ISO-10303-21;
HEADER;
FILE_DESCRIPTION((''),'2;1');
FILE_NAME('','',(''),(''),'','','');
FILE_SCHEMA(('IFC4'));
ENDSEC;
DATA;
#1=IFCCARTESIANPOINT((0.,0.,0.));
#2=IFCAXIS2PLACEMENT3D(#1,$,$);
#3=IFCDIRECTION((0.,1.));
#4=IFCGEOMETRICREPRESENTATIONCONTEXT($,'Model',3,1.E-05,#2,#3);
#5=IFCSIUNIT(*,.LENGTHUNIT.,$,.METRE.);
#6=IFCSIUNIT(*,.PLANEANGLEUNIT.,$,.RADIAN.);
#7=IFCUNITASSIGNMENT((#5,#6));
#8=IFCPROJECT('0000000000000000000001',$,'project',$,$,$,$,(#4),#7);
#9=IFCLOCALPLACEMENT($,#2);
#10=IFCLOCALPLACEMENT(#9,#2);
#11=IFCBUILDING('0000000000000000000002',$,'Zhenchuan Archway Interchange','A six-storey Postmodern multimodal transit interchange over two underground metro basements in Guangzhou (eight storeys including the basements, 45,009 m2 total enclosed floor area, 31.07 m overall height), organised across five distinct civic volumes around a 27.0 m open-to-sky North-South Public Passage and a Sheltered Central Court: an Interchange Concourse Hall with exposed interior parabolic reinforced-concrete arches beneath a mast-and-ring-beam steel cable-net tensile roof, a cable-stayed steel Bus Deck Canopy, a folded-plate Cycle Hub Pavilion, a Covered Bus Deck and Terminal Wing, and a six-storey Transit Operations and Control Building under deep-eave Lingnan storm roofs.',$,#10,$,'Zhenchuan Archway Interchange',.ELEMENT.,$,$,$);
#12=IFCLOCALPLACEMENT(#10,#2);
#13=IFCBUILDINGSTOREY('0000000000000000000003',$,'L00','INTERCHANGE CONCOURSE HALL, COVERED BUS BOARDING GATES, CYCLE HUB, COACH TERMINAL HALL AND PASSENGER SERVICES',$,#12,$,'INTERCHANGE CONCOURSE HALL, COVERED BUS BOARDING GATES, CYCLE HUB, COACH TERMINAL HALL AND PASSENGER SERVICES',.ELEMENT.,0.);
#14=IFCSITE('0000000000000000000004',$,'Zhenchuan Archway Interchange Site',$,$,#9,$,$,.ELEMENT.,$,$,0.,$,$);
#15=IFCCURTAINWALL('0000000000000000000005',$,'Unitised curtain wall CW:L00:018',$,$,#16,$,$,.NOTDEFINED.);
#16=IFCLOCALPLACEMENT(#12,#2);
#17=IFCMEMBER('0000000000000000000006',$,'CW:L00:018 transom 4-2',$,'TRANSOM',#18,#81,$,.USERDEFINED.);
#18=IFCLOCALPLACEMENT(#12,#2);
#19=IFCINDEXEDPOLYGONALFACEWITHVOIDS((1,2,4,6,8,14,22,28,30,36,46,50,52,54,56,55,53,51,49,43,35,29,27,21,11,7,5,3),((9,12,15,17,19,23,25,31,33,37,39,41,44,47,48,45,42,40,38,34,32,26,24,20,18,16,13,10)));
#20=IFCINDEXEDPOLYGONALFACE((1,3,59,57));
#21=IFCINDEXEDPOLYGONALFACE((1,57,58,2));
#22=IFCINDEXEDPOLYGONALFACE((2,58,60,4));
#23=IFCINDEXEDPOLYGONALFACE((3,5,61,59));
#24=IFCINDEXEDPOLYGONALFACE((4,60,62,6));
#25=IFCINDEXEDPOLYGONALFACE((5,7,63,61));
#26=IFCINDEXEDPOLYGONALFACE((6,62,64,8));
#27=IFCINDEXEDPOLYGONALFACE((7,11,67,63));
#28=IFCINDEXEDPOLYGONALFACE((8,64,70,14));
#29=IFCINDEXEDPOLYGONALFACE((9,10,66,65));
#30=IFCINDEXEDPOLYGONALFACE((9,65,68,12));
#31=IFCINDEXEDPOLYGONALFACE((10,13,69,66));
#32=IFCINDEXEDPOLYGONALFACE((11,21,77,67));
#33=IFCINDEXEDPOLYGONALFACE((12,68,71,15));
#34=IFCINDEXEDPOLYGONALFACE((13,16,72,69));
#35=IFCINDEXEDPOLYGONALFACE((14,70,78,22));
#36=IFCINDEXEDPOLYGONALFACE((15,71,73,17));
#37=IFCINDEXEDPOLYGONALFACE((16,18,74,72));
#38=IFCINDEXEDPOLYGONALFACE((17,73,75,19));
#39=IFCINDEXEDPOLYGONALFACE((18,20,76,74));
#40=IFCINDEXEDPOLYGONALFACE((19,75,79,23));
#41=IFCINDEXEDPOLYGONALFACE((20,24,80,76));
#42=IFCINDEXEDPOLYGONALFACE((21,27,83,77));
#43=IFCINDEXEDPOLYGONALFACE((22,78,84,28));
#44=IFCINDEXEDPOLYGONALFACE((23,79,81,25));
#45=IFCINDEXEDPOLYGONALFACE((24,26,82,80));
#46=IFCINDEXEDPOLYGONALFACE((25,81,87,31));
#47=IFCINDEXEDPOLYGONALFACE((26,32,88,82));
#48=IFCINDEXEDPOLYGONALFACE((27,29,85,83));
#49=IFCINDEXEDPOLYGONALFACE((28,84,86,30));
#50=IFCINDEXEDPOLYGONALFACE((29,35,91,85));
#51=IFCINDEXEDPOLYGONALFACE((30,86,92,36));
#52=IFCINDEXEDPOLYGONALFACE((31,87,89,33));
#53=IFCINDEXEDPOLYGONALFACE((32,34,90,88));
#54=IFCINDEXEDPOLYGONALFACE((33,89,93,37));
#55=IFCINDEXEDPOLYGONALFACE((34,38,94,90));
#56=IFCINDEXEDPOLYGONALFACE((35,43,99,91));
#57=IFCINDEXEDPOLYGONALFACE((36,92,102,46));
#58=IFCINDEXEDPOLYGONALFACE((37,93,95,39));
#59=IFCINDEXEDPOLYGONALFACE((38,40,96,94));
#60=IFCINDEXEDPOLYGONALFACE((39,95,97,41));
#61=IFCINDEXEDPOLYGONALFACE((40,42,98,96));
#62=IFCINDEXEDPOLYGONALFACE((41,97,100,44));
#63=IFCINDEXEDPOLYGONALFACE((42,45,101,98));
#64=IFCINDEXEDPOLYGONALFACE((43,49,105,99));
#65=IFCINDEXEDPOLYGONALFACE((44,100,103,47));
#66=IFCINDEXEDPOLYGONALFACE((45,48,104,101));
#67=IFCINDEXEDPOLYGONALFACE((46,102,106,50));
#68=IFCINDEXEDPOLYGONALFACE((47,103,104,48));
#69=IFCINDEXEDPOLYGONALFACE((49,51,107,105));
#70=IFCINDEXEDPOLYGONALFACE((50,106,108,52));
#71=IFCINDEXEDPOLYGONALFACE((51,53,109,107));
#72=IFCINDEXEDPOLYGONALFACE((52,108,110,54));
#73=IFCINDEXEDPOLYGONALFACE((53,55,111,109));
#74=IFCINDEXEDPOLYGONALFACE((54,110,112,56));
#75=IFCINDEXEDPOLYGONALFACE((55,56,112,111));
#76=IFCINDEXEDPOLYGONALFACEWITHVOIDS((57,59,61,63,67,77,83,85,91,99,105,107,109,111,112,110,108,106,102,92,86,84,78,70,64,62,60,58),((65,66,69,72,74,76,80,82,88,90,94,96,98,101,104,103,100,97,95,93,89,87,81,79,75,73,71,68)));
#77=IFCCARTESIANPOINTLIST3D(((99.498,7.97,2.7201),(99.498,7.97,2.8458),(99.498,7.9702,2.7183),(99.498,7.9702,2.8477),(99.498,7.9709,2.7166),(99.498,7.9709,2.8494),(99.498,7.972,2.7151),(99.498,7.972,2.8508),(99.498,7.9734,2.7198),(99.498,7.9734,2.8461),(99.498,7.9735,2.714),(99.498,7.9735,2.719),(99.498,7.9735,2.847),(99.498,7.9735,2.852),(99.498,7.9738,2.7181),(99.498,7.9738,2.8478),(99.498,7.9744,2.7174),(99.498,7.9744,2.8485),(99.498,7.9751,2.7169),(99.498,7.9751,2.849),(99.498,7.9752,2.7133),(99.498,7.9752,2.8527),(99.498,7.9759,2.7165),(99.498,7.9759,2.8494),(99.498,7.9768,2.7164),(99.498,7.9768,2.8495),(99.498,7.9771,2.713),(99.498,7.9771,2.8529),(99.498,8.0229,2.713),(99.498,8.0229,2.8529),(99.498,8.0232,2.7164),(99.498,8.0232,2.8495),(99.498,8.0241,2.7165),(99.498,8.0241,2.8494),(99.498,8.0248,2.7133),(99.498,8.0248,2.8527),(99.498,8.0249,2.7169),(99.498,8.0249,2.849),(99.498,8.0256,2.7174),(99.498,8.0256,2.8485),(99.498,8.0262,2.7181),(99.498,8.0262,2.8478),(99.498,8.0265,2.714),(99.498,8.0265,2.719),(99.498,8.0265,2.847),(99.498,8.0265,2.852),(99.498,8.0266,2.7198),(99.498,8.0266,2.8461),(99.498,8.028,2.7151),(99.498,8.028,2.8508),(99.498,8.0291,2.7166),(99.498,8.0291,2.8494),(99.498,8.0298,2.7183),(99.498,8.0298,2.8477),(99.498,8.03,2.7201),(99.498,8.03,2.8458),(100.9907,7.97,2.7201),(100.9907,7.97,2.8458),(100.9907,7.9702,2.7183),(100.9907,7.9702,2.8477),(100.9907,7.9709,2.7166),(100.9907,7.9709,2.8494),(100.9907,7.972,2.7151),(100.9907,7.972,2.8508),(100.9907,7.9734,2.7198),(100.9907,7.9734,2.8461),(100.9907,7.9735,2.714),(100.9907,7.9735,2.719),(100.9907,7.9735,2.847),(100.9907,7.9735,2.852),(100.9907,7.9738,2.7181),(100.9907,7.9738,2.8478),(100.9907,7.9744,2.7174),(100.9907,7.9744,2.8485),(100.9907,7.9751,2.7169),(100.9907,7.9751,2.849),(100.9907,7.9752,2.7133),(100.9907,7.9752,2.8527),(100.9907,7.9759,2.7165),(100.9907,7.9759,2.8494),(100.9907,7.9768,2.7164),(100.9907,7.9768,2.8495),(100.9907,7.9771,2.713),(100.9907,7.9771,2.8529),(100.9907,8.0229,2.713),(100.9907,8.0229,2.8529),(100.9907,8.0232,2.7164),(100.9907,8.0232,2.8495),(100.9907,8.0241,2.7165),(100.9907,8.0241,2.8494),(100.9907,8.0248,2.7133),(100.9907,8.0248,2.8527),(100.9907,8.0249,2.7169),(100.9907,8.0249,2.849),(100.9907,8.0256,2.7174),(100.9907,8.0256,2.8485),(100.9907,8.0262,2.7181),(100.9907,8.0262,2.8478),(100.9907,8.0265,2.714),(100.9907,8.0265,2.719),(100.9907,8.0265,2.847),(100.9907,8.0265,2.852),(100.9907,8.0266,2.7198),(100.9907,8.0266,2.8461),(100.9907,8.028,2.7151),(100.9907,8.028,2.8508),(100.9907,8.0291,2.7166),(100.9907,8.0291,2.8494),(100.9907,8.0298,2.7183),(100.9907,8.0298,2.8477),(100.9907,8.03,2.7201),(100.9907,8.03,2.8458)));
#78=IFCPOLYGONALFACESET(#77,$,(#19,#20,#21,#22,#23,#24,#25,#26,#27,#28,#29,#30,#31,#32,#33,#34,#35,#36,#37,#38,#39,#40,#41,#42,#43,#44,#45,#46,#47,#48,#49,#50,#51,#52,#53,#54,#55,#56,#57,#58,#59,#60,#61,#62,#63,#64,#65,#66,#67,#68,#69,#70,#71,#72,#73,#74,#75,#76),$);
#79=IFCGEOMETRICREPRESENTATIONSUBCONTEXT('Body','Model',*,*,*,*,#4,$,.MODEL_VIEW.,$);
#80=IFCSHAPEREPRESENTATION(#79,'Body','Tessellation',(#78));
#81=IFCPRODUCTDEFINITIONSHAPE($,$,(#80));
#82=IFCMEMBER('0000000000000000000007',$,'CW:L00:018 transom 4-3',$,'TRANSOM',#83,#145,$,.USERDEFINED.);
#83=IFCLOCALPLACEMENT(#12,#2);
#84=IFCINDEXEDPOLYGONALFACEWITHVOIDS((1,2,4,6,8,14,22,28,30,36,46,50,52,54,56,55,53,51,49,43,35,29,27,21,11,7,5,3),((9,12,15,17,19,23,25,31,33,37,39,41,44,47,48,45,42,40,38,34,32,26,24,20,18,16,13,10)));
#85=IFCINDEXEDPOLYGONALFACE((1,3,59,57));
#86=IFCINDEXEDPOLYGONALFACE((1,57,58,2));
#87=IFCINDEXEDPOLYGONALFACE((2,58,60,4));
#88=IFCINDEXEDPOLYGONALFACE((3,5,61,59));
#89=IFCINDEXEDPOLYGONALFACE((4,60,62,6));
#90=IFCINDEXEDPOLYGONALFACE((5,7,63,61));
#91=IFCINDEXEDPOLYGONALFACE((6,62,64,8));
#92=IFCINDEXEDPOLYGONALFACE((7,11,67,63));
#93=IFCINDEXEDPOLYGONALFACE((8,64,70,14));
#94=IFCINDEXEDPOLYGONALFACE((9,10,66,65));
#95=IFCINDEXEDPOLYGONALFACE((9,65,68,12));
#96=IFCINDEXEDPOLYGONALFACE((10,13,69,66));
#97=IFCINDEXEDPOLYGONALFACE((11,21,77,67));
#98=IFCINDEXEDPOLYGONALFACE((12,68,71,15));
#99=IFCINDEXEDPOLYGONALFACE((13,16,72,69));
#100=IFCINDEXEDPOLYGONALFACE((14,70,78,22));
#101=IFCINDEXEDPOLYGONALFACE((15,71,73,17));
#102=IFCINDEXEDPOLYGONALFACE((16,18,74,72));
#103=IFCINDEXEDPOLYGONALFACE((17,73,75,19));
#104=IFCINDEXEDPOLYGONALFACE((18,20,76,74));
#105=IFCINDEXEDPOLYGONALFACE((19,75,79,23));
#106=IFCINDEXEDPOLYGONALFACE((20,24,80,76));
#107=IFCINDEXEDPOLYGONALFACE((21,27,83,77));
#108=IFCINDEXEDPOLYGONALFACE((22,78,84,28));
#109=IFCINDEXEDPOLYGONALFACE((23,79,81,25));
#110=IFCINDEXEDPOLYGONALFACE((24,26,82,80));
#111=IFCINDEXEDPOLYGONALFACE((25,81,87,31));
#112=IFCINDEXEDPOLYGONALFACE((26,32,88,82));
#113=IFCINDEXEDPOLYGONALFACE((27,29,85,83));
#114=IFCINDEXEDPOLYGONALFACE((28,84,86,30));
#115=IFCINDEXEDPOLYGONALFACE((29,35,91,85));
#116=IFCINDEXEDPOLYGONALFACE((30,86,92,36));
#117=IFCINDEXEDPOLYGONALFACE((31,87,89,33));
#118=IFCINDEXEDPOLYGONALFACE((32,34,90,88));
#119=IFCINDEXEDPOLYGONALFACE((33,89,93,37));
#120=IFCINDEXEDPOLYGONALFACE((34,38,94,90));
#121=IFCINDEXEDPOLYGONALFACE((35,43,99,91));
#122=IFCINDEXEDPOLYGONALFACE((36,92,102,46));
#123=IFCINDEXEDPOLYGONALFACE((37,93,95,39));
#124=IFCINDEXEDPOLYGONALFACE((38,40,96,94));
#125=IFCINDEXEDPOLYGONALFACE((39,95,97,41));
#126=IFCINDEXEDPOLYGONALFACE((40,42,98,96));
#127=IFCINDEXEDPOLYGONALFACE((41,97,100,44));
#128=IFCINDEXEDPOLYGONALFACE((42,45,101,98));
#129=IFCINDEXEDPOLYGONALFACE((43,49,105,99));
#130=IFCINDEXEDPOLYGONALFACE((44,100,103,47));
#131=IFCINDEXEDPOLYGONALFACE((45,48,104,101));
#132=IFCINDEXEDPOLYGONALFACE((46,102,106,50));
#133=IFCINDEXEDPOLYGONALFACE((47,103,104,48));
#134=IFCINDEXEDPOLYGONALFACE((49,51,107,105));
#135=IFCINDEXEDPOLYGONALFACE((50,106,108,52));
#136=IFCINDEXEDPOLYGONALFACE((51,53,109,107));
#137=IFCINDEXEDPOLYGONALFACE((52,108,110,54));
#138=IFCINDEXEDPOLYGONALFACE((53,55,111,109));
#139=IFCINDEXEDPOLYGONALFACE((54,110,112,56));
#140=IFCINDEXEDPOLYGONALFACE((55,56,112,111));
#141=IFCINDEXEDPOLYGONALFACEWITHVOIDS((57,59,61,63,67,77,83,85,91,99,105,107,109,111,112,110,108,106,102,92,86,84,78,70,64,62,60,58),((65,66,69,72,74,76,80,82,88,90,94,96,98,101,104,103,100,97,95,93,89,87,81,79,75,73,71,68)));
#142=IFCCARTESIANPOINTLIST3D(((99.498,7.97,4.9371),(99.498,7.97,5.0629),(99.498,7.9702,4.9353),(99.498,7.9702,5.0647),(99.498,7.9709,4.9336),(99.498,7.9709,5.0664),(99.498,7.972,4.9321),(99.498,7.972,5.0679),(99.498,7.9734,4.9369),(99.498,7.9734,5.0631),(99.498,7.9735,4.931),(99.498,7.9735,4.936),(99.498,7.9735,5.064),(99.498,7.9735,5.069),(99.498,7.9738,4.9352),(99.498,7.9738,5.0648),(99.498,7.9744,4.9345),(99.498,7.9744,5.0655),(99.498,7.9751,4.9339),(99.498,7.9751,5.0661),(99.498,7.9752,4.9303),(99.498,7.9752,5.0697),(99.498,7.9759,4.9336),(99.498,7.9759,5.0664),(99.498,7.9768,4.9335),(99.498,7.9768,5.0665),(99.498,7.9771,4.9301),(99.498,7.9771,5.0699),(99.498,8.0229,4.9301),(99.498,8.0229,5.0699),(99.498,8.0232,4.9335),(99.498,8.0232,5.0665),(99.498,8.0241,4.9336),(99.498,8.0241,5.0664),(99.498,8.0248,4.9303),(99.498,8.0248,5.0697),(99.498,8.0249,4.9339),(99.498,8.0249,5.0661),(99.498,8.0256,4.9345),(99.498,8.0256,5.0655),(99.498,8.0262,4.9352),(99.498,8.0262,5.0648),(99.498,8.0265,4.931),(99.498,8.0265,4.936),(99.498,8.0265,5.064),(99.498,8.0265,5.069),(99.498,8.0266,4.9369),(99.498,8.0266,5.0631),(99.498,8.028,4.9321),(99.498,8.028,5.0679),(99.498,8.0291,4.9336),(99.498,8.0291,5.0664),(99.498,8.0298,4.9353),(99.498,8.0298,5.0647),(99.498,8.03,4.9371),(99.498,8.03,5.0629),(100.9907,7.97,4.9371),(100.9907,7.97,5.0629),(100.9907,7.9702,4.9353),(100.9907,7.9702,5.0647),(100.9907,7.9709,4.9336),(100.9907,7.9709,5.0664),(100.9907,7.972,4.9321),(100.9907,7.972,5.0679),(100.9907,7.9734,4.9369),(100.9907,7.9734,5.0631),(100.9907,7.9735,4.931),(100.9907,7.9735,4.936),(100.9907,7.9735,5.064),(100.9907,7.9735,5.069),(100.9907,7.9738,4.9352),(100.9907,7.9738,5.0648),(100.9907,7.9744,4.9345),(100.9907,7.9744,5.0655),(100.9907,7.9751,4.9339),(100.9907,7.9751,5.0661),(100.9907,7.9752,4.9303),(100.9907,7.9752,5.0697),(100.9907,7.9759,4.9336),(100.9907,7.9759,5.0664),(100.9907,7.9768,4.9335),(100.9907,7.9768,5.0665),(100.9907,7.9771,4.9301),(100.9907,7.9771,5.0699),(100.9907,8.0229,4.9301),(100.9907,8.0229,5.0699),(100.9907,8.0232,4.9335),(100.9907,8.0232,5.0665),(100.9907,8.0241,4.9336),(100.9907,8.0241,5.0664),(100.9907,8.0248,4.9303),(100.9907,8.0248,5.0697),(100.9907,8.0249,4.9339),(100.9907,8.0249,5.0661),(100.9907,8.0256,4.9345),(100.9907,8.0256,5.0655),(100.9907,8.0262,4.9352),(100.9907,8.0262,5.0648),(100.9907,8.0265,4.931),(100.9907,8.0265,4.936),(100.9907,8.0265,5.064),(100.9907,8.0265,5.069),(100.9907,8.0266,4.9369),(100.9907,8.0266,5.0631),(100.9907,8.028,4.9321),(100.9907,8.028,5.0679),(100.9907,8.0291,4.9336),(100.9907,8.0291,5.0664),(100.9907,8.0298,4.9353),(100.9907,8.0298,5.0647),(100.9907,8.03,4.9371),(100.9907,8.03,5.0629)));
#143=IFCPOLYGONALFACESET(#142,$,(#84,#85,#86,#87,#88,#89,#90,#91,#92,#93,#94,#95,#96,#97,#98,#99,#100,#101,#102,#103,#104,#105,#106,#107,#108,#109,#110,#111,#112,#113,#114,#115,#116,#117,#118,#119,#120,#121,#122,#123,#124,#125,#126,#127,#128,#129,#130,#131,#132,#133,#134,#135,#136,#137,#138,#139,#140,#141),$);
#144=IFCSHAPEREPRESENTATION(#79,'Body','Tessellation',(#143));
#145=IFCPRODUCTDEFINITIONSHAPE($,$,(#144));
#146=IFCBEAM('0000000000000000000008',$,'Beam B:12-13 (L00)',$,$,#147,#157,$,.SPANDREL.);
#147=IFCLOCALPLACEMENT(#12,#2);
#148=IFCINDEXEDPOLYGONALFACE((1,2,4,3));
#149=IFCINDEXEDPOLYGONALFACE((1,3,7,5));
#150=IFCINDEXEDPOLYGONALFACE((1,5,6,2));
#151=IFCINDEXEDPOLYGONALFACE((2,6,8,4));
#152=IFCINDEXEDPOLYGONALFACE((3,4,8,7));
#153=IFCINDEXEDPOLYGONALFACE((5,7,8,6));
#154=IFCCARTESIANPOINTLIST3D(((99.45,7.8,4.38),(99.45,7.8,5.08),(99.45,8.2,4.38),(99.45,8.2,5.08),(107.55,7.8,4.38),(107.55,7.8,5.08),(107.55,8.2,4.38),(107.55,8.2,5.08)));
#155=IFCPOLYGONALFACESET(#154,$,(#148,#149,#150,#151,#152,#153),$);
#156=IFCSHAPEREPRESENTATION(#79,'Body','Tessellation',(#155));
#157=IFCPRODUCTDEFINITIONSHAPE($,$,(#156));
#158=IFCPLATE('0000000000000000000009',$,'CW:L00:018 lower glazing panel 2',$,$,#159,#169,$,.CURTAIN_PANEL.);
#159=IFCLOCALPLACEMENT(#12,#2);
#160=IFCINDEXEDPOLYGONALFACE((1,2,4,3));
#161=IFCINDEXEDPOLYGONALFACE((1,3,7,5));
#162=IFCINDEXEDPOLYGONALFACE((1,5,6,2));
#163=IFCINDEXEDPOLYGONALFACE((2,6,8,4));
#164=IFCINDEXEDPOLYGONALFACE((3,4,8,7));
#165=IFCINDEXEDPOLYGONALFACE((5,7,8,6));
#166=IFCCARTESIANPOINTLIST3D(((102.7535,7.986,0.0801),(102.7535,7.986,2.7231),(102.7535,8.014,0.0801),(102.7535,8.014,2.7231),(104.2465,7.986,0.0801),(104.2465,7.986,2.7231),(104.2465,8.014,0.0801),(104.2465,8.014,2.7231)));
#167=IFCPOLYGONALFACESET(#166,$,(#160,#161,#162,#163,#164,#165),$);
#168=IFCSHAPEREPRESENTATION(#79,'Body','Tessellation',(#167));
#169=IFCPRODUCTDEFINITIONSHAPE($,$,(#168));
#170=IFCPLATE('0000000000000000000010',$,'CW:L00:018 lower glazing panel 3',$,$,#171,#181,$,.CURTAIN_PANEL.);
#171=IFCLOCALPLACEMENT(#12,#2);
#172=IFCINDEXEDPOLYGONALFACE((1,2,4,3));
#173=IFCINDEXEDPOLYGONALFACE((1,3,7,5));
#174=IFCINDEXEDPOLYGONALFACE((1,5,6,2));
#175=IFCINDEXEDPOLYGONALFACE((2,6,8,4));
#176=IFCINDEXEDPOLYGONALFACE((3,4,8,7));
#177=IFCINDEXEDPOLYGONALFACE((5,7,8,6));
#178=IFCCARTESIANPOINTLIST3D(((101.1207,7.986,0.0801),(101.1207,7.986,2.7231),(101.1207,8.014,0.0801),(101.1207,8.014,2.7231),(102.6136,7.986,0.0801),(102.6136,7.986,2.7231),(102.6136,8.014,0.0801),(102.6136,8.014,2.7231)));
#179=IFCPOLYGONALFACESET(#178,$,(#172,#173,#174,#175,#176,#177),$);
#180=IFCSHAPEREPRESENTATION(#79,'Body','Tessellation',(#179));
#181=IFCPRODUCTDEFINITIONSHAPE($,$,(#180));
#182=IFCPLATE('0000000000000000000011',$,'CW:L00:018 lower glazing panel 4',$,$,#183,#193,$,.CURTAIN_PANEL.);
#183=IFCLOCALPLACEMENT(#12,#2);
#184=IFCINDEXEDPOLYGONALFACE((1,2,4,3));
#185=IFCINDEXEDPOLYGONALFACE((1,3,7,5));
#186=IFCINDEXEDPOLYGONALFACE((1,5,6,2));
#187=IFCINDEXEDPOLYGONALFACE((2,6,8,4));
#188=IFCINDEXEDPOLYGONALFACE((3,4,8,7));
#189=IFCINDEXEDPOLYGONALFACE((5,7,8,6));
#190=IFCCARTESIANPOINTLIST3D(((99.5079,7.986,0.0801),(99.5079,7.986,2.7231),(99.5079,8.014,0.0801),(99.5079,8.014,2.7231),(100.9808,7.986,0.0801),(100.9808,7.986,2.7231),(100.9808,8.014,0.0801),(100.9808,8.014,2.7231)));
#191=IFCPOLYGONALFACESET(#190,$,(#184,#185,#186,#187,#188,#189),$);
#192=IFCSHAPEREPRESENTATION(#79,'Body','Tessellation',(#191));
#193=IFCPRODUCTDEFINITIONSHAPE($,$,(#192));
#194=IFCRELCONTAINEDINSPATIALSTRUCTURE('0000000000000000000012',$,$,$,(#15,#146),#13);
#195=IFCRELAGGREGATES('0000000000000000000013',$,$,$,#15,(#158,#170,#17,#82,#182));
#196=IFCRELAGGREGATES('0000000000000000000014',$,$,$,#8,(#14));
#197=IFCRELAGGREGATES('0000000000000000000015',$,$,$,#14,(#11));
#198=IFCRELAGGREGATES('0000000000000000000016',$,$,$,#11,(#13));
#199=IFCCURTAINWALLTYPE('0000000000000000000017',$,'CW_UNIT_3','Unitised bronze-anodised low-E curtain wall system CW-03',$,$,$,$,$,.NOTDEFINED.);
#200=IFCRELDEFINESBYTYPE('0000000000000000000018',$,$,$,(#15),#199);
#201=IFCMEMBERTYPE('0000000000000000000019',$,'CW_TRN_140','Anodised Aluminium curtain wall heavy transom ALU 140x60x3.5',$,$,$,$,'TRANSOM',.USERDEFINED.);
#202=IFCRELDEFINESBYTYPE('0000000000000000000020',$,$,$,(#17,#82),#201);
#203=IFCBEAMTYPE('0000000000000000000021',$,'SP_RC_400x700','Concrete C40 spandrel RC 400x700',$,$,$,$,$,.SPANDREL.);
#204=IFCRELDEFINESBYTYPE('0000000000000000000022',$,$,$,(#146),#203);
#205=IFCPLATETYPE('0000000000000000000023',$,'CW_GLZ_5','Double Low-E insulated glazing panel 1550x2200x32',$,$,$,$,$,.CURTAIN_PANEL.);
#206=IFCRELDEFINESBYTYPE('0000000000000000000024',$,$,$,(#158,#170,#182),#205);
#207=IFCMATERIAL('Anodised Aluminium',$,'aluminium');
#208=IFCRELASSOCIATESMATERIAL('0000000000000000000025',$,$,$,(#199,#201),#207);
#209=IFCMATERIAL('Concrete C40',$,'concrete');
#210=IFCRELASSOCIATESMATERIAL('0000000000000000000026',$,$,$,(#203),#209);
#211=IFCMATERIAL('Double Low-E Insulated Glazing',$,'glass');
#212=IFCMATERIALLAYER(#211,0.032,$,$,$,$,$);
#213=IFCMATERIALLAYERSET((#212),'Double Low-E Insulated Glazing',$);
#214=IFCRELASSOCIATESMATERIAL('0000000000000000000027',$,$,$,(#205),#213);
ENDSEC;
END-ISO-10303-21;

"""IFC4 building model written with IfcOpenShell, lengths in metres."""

from ifc_helpers import new_model, si_unit, direction, frame, origin, origin_2d, place, context, subcontext, project, spatial, rectangle, hollow_rectangle, extrude, material, layer, layer_set, material_profile, profile_set, type_object, element, aggregate, save


model = new_model("IFC4")

# Units and contexts
model_context = context("Model", 3, precision=1e-05, world=origin(), true_north=direction((0.0, 1.0)))
body_context = subcontext(model_context, "Body", "Model", "MODEL_VIEW")
ifc_project = project(units=[si_unit("LENGTHUNIT", "METRE"), si_unit("PLANEANGLEUNIT", "RADIAN")], contexts=[model_context])

# Site, building, storey
site_placement = place(None, origin())
site = spatial("IfcSite", under=ifc_project, at=site_placement, Name="Zhenchuan Archway Interchange Site", CompositionType="ELEMENT", RefElevation=0.0)
building_placement = place(site_placement, origin())
building = spatial("IfcBuilding", under=site, at=building_placement, Name="Zhenchuan Archway Interchange", Description="A six-storey Postmodern multimodal transit interchange over two underground metro basements in Guangzhou (eight storeys including the basements, 45,009 m2 total enclosed floor area, 31.07 m overall height), organised across five distinct civic volumes around a 27.0 m open-to-sky North-South Public Passage and a Sheltered Central Court: an Interchange Concourse Hall with exposed interior parabolic reinforced-concrete arches beneath a mast-and-ring-beam steel cable-net tensile roof, a cable-stayed steel Bus Deck Canopy, a folded-plate Cycle Hub Pavilion, a Covered Bus Deck and Terminal Wing, and a six-storey Transit Operations and Control Building under deep-eave Lingnan storm roofs.", LongName="Zhenchuan Archway Interchange", CompositionType="ELEMENT")
storey_placement = place(building_placement, origin())
storey = spatial("IfcBuildingStorey", under=building, at=storey_placement, Name="L00", Description="INTERCHANGE CONCOURSE HALL, COVERED BUS BOARDING GATES, CYCLE HUB, COACH TERMINAL HALL AND PASSENGER SERVICES", LongName="INTERCHANGE CONCOURSE HALL, COVERED BUS BOARDING GATES, CYCLE HUB, COACH TERMINAL HALL AND PASSENGER SERVICES", CompositionType="ELEMENT", Elevation=0.0)

# Shared definitions
ifc_material_1 = material(Name="Concrete C40", Category="concrete")

# Curtain wall, members
ifc_material_2 = material(Name="Anodised Aluminium", Category="aluminium")
curtain_wall_type = type_object("IfcCurtainWallType", Name="CW_UNIT_3", Description="Unitised bronze-anodised low-E curtain wall system CW-03", PredefinedType="NOTDEFINED", material=ifc_material_2)
curtain_wall_placement = place(storey_placement, origin())
curtain_wall = element("IfcCurtainWall", 1, at=curtain_wall_placement, inside=storey, type_object=curtain_wall_type, Name="Unitised curtain wall CW:L00:018", PredefinedType="NOTDEFINED")
ifc_material_profile_1 = material_profile(ifc_material_2, hollow_rectangle(XDim=0.0601, YDim=0.1399, WallThickness=0.0034, InnerFilletRadius=0.0034, OuterFilletRadius=0.0071, at=origin_2d()), Name="ALU 140x60x3.5")
ifc_profile_set_1 = profile_set([ifc_material_profile_1], Name="Anodised Aluminium")
member_type_1 = type_object("IfcMemberType", Name="CW_TRN_140", Description="Anodised Aluminium curtain wall heavy transom ALU 140x60x3.5", ElementType="TRANSOM", PredefinedType="USERDEFINED", material=ifc_profile_set_1)
member_1_placement = place(storey_placement, frame((100.9907, 8.0, 2.783), z_axis=(-1.0, 0.0, 0.0), x_axis=(0.0, -1.0, 0.0)))
member_1 = element("IfcMember", 2, at=member_1_placement, type_object=member_type_1, Name="CW:L00:018 transom 4-2", ObjectType="TRANSOM", PredefinedType="USERDEFINED", context=body_context, shape_type="SweptSolid", body=[
    extrude(hollow_rectangle(XDim=0.0601, YDim=0.1399, WallThickness=0.0034, InnerFilletRadius=0.0034, OuterFilletRadius=0.0071, at=origin_2d()), origin(), (0.0, 0.0, 1.0), 1.4927),
])
member_2_placement = place(storey_placement, frame((100.9907, 8.0, 5.0), z_axis=(-1.0, 0.0, 0.0), x_axis=(0.0, -1.0, 0.0)))
member_2 = element("IfcMember", 3, at=member_2_placement, type_object=member_type_1, Name="CW:L00:018 transom 4-3", ObjectType="TRANSOM", PredefinedType="USERDEFINED", context=body_context, shape_type="SweptSolid", body=[
    extrude(hollow_rectangle(XDim=0.0601, YDim=0.1399, WallThickness=0.0034, InnerFilletRadius=0.0034, OuterFilletRadius=0.0071, at=origin_2d()), origin(), (0.0, 0.0, 1.0), 1.4927),
])

# Beam
ifc_material_profile_2 = material_profile(ifc_material_1, rectangle(XDim=0.3999, YDim=0.7, at=origin_2d()), Name="RC 400x700")
ifc_profile_set_2 = profile_set([ifc_material_profile_2], Name="Concrete C40")
beam_type = type_object("IfcBeamType", Name="SP_RC_400x700", Description="Concrete C40 spandrel RC 400x700", PredefinedType="SPANDREL", material=ifc_profile_set_2)
beam_placement = place(storey_placement, frame((99.45, 8.0, 4.73), z_axis=(1.0, 0.0, 0.0), x_axis=(0.0, 1.0, 0.0)))
element("IfcBeam", 4, at=beam_placement, inside=storey, type_object=beam_type, Name="Beam B:12-13 (L00)", PredefinedType="SPANDREL", context=body_context, shape_type="SweptSolid", body=[
    extrude(rectangle(XDim=0.3999, YDim=0.7, at=origin_2d()), origin(), (0.0, 0.0, 1.0), 8.1001),
])

# Plates
ifc_material_3 = material(Name="Double Low-E Insulated Glazing", Category="glass")
ifc_layer_1 = layer(ifc_material_3, 0.032)
ifc_layer_set_1 = layer_set([ifc_layer_1], Name="Double Low-E Insulated Glazing")
plate_type_1 = type_object("IfcPlateType", Name="CW_GLZ_5", Description="Double Low-E insulated glazing panel 1550x2200x32", PredefinedType="CURTAIN_PANEL", material=ifc_layer_set_1)
plate_1_placement = place(storey_placement, frame((103.5, 8.0, 0.0801), z_axis=(0.0, 0.0, 1.0), x_axis=(-1.0, 0.0, 0.0)))
plate_1 = element("IfcPlate", 5, at=plate_1_placement, type_object=plate_type_1, Name="CW:L00:018 lower glazing panel 2", PredefinedType="CURTAIN_PANEL", context=body_context, shape_type="SweptSolid", body=[
    extrude(rectangle(XDim=1.4929, YDim=0.0281, at=origin_2d()), origin(), (0.0, 0.0, 1.0), 2.6431),
])
plate_2_placement = place(storey_placement, frame((101.8672, 8.0, 0.0801), z_axis=(0.0, 0.0, 1.0), x_axis=(-1.0, 0.0, 0.0)))
plate_2 = element("IfcPlate", 6, at=plate_2_placement, type_object=plate_type_1, Name="CW:L00:018 lower glazing panel 3", PredefinedType="CURTAIN_PANEL", context=body_context, shape_type="SweptSolid", body=[
    extrude(rectangle(XDim=1.4929, YDim=0.0281, at=origin_2d()), origin(), (0.0, 0.0, 1.0), 2.6431),
])
plate_3_placement = place(storey_placement, frame((100.2444, 8.0, 0.0801), z_axis=(0.0, 0.0, 1.0), x_axis=(-1.0, 0.0, 0.0)))
plate_3 = element("IfcPlate", 7, at=plate_3_placement, type_object=plate_type_1, Name="CW:L00:018 lower glazing panel 4", PredefinedType="CURTAIN_PANEL", context=body_context, shape_type="SweptSolid", body=[
    extrude(rectangle(XDim=1.4729, YDim=0.0281, at=origin_2d()), origin(), (0.0, 0.0, 1.0), 2.6431),
])
aggregate(curtain_wall, [plate_1, plate_2, member_1, member_2, plate_3])

save(model, "model.ifc")
